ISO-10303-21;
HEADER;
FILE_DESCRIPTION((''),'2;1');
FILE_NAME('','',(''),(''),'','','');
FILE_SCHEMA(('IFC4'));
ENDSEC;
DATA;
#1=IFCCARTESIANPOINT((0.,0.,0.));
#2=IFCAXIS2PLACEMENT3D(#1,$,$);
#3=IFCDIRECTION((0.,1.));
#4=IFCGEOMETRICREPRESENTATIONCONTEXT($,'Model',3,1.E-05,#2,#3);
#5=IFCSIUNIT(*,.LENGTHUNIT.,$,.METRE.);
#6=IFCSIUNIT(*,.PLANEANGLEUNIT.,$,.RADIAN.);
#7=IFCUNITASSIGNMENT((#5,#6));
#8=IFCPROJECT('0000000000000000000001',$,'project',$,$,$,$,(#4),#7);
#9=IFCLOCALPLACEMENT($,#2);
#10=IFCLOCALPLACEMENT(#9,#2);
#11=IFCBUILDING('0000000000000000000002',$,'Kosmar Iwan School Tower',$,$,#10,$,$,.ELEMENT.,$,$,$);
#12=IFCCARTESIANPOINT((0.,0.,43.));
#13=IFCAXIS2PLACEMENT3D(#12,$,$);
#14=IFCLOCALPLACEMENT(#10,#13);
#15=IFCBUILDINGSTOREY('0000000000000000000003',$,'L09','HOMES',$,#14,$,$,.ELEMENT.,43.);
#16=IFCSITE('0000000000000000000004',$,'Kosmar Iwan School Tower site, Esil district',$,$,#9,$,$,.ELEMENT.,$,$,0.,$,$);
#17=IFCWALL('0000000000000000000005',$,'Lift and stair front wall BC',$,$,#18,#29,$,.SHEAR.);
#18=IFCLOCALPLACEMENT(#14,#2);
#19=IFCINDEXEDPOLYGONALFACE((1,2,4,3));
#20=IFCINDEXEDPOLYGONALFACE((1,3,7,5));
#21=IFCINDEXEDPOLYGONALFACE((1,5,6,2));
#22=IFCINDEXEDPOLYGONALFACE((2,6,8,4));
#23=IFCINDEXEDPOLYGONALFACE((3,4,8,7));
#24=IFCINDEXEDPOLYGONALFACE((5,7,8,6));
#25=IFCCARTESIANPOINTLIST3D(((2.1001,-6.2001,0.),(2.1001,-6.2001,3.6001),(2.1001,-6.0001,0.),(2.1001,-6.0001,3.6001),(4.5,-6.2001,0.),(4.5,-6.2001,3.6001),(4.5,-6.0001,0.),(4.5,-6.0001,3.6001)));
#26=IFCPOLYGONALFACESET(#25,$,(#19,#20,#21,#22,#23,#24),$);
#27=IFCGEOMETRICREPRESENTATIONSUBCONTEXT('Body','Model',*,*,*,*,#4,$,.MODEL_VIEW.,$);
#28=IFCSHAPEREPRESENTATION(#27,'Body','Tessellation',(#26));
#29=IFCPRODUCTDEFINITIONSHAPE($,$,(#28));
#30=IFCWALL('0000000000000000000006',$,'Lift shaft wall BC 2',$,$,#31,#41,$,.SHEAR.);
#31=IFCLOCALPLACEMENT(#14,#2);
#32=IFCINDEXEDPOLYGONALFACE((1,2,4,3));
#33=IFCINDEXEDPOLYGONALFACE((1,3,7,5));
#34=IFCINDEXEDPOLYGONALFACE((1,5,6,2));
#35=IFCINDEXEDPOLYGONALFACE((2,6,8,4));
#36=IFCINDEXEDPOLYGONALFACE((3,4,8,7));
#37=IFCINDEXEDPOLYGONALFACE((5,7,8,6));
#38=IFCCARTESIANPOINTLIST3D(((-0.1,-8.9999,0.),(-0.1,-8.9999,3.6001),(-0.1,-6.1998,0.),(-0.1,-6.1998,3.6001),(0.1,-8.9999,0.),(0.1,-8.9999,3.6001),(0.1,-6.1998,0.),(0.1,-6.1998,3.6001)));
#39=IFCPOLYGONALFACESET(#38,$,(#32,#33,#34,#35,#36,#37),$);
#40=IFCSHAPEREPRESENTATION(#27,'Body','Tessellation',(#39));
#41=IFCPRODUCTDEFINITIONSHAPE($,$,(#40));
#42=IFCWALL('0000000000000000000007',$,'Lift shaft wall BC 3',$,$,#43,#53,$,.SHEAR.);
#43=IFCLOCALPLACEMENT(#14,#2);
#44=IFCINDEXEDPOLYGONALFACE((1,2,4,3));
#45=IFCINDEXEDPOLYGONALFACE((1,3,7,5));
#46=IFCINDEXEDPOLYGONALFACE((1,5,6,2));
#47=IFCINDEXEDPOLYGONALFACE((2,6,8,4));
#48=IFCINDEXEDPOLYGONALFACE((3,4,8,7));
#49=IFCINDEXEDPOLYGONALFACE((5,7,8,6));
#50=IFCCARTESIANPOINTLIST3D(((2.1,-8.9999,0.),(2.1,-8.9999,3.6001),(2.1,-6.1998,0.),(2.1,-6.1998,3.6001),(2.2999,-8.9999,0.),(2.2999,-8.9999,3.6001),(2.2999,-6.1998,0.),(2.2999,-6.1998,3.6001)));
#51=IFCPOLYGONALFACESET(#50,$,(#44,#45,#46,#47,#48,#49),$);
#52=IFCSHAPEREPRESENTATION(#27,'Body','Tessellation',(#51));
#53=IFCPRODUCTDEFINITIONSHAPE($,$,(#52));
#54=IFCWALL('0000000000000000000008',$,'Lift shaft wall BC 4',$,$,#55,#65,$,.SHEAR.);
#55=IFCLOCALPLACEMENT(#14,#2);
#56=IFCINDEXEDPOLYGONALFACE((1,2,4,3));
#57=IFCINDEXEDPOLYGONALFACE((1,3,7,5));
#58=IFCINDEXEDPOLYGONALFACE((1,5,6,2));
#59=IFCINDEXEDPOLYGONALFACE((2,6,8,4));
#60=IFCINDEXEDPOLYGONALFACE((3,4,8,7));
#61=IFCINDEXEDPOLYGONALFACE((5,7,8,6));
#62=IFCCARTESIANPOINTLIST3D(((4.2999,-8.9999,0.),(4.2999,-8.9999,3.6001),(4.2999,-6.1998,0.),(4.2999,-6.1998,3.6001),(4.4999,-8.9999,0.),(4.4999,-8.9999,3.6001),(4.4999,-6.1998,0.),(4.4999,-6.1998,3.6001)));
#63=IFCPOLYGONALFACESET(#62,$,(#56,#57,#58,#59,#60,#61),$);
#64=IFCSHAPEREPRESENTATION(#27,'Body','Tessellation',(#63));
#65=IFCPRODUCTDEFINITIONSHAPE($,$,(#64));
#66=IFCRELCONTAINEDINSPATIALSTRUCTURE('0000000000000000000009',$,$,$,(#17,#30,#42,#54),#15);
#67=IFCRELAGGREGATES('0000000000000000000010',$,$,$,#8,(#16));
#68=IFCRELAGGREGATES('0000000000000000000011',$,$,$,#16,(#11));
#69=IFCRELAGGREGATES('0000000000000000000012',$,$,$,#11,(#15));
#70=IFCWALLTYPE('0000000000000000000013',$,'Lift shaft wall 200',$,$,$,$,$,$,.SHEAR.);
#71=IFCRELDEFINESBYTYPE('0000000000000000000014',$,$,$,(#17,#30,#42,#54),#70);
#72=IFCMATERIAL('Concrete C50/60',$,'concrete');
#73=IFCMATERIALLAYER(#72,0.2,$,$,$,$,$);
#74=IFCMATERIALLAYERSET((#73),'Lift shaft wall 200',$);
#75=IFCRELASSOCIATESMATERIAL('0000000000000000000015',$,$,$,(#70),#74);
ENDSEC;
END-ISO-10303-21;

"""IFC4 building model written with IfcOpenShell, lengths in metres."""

from ifc_helpers import new_model, si_unit, direction, frame, frame_2d, origin, place, context, subcontext, project, spatial, rectangle, extrude, material, layer, layer_set, type_object, element, save


model = new_model("IFC4")

# Units and contexts
model_context = context("Model", 3, precision=1e-05, world=origin(), true_north=direction((0.0, 1.0)))
body_context = subcontext(model_context, "Body", "Model", "MODEL_VIEW")
ifc_project = project(units=[si_unit("LENGTHUNIT", "METRE"), si_unit("PLANEANGLEUNIT", "RADIAN")], contexts=[model_context])

# Site, building, storey
site_placement = place(None, origin())
site = spatial("IfcSite", under=ifc_project, at=site_placement, Name="Kosmar Iwan School Tower site, Esil district", CompositionType="ELEMENT", RefElevation=0.0)
building_placement = place(site_placement, origin())
building = spatial("IfcBuilding", under=site, at=building_placement, Name="Kosmar Iwan School Tower", CompositionType="ELEMENT")
storey_placement = place(building_placement, frame((0.0, 0.0, 43.0)))
storey = spatial("IfcBuildingStorey", under=building, at=storey_placement, Name="L09", Description="HOMES", CompositionType="ELEMENT", Elevation=43.0)

# Walls
ifc_material_1 = material(Name="Concrete C50/60", Category="concrete")
ifc_layer_1 = layer(ifc_material_1, 0.2)
ifc_layer_set_1 = layer_set([ifc_layer_1], Name="Lift shaft wall 200")
wall_type_1 = type_object("IfcWallType", Name="Lift shaft wall 200", PredefinedType="SHEAR", material=ifc_layer_set_1)
wall_1_placement = place(storey_placement, frame((2.1001, -6.1001, 0.0), z_axis=(0.0, 0.0, 1.0), x_axis=(1.0, 0.0, 0.0)))
element("IfcWall", 1, at=wall_1_placement, inside=storey, type_object=wall_type_1, Name="Lift and stair front wall BC", PredefinedType="SHEAR", context=body_context, shape_type="SweptSolid", body=[
    extrude(rectangle(XDim=2.3999, YDim=0.2, at=frame_2d((1.2, 0.0))), origin(), (0.0, 0.0, 1.0), 3.6001),
])
for number, where, z_axis, x_axis, name in (
    (2, (0.0, -6.2, 0.0), (0.0, 0.0, 1.0), (0.0, -1.0, 0.0), "Lift shaft wall BC 2"),
    (3, (2.2, -6.2, 0.0), (0.0, 0.0, 1.0), (0.0, -1.0, 0.0), "Lift shaft wall BC 3"),
    (4, (4.3999, -6.2, 0.0), (0.0, 0.0, 1.0), (0.0, -1.0, 0.0), "Lift shaft wall BC 4"),
):
    element("IfcWall", number, at=place(storey_placement, frame(where, z_axis=z_axis, x_axis=x_axis)), inside=storey, type_object=wall_type_1, Name=name, PredefinedType="SHEAR", context=body_context, shape_type="SweptSolid", body=[
        extrude(rectangle(XDim=2.8, YDim=0.2, at=frame_2d((1.3999, 0.0))), origin(), (0.0, 0.0, 1.0), 3.6001),
    ])

save(model, "model.ifc")
